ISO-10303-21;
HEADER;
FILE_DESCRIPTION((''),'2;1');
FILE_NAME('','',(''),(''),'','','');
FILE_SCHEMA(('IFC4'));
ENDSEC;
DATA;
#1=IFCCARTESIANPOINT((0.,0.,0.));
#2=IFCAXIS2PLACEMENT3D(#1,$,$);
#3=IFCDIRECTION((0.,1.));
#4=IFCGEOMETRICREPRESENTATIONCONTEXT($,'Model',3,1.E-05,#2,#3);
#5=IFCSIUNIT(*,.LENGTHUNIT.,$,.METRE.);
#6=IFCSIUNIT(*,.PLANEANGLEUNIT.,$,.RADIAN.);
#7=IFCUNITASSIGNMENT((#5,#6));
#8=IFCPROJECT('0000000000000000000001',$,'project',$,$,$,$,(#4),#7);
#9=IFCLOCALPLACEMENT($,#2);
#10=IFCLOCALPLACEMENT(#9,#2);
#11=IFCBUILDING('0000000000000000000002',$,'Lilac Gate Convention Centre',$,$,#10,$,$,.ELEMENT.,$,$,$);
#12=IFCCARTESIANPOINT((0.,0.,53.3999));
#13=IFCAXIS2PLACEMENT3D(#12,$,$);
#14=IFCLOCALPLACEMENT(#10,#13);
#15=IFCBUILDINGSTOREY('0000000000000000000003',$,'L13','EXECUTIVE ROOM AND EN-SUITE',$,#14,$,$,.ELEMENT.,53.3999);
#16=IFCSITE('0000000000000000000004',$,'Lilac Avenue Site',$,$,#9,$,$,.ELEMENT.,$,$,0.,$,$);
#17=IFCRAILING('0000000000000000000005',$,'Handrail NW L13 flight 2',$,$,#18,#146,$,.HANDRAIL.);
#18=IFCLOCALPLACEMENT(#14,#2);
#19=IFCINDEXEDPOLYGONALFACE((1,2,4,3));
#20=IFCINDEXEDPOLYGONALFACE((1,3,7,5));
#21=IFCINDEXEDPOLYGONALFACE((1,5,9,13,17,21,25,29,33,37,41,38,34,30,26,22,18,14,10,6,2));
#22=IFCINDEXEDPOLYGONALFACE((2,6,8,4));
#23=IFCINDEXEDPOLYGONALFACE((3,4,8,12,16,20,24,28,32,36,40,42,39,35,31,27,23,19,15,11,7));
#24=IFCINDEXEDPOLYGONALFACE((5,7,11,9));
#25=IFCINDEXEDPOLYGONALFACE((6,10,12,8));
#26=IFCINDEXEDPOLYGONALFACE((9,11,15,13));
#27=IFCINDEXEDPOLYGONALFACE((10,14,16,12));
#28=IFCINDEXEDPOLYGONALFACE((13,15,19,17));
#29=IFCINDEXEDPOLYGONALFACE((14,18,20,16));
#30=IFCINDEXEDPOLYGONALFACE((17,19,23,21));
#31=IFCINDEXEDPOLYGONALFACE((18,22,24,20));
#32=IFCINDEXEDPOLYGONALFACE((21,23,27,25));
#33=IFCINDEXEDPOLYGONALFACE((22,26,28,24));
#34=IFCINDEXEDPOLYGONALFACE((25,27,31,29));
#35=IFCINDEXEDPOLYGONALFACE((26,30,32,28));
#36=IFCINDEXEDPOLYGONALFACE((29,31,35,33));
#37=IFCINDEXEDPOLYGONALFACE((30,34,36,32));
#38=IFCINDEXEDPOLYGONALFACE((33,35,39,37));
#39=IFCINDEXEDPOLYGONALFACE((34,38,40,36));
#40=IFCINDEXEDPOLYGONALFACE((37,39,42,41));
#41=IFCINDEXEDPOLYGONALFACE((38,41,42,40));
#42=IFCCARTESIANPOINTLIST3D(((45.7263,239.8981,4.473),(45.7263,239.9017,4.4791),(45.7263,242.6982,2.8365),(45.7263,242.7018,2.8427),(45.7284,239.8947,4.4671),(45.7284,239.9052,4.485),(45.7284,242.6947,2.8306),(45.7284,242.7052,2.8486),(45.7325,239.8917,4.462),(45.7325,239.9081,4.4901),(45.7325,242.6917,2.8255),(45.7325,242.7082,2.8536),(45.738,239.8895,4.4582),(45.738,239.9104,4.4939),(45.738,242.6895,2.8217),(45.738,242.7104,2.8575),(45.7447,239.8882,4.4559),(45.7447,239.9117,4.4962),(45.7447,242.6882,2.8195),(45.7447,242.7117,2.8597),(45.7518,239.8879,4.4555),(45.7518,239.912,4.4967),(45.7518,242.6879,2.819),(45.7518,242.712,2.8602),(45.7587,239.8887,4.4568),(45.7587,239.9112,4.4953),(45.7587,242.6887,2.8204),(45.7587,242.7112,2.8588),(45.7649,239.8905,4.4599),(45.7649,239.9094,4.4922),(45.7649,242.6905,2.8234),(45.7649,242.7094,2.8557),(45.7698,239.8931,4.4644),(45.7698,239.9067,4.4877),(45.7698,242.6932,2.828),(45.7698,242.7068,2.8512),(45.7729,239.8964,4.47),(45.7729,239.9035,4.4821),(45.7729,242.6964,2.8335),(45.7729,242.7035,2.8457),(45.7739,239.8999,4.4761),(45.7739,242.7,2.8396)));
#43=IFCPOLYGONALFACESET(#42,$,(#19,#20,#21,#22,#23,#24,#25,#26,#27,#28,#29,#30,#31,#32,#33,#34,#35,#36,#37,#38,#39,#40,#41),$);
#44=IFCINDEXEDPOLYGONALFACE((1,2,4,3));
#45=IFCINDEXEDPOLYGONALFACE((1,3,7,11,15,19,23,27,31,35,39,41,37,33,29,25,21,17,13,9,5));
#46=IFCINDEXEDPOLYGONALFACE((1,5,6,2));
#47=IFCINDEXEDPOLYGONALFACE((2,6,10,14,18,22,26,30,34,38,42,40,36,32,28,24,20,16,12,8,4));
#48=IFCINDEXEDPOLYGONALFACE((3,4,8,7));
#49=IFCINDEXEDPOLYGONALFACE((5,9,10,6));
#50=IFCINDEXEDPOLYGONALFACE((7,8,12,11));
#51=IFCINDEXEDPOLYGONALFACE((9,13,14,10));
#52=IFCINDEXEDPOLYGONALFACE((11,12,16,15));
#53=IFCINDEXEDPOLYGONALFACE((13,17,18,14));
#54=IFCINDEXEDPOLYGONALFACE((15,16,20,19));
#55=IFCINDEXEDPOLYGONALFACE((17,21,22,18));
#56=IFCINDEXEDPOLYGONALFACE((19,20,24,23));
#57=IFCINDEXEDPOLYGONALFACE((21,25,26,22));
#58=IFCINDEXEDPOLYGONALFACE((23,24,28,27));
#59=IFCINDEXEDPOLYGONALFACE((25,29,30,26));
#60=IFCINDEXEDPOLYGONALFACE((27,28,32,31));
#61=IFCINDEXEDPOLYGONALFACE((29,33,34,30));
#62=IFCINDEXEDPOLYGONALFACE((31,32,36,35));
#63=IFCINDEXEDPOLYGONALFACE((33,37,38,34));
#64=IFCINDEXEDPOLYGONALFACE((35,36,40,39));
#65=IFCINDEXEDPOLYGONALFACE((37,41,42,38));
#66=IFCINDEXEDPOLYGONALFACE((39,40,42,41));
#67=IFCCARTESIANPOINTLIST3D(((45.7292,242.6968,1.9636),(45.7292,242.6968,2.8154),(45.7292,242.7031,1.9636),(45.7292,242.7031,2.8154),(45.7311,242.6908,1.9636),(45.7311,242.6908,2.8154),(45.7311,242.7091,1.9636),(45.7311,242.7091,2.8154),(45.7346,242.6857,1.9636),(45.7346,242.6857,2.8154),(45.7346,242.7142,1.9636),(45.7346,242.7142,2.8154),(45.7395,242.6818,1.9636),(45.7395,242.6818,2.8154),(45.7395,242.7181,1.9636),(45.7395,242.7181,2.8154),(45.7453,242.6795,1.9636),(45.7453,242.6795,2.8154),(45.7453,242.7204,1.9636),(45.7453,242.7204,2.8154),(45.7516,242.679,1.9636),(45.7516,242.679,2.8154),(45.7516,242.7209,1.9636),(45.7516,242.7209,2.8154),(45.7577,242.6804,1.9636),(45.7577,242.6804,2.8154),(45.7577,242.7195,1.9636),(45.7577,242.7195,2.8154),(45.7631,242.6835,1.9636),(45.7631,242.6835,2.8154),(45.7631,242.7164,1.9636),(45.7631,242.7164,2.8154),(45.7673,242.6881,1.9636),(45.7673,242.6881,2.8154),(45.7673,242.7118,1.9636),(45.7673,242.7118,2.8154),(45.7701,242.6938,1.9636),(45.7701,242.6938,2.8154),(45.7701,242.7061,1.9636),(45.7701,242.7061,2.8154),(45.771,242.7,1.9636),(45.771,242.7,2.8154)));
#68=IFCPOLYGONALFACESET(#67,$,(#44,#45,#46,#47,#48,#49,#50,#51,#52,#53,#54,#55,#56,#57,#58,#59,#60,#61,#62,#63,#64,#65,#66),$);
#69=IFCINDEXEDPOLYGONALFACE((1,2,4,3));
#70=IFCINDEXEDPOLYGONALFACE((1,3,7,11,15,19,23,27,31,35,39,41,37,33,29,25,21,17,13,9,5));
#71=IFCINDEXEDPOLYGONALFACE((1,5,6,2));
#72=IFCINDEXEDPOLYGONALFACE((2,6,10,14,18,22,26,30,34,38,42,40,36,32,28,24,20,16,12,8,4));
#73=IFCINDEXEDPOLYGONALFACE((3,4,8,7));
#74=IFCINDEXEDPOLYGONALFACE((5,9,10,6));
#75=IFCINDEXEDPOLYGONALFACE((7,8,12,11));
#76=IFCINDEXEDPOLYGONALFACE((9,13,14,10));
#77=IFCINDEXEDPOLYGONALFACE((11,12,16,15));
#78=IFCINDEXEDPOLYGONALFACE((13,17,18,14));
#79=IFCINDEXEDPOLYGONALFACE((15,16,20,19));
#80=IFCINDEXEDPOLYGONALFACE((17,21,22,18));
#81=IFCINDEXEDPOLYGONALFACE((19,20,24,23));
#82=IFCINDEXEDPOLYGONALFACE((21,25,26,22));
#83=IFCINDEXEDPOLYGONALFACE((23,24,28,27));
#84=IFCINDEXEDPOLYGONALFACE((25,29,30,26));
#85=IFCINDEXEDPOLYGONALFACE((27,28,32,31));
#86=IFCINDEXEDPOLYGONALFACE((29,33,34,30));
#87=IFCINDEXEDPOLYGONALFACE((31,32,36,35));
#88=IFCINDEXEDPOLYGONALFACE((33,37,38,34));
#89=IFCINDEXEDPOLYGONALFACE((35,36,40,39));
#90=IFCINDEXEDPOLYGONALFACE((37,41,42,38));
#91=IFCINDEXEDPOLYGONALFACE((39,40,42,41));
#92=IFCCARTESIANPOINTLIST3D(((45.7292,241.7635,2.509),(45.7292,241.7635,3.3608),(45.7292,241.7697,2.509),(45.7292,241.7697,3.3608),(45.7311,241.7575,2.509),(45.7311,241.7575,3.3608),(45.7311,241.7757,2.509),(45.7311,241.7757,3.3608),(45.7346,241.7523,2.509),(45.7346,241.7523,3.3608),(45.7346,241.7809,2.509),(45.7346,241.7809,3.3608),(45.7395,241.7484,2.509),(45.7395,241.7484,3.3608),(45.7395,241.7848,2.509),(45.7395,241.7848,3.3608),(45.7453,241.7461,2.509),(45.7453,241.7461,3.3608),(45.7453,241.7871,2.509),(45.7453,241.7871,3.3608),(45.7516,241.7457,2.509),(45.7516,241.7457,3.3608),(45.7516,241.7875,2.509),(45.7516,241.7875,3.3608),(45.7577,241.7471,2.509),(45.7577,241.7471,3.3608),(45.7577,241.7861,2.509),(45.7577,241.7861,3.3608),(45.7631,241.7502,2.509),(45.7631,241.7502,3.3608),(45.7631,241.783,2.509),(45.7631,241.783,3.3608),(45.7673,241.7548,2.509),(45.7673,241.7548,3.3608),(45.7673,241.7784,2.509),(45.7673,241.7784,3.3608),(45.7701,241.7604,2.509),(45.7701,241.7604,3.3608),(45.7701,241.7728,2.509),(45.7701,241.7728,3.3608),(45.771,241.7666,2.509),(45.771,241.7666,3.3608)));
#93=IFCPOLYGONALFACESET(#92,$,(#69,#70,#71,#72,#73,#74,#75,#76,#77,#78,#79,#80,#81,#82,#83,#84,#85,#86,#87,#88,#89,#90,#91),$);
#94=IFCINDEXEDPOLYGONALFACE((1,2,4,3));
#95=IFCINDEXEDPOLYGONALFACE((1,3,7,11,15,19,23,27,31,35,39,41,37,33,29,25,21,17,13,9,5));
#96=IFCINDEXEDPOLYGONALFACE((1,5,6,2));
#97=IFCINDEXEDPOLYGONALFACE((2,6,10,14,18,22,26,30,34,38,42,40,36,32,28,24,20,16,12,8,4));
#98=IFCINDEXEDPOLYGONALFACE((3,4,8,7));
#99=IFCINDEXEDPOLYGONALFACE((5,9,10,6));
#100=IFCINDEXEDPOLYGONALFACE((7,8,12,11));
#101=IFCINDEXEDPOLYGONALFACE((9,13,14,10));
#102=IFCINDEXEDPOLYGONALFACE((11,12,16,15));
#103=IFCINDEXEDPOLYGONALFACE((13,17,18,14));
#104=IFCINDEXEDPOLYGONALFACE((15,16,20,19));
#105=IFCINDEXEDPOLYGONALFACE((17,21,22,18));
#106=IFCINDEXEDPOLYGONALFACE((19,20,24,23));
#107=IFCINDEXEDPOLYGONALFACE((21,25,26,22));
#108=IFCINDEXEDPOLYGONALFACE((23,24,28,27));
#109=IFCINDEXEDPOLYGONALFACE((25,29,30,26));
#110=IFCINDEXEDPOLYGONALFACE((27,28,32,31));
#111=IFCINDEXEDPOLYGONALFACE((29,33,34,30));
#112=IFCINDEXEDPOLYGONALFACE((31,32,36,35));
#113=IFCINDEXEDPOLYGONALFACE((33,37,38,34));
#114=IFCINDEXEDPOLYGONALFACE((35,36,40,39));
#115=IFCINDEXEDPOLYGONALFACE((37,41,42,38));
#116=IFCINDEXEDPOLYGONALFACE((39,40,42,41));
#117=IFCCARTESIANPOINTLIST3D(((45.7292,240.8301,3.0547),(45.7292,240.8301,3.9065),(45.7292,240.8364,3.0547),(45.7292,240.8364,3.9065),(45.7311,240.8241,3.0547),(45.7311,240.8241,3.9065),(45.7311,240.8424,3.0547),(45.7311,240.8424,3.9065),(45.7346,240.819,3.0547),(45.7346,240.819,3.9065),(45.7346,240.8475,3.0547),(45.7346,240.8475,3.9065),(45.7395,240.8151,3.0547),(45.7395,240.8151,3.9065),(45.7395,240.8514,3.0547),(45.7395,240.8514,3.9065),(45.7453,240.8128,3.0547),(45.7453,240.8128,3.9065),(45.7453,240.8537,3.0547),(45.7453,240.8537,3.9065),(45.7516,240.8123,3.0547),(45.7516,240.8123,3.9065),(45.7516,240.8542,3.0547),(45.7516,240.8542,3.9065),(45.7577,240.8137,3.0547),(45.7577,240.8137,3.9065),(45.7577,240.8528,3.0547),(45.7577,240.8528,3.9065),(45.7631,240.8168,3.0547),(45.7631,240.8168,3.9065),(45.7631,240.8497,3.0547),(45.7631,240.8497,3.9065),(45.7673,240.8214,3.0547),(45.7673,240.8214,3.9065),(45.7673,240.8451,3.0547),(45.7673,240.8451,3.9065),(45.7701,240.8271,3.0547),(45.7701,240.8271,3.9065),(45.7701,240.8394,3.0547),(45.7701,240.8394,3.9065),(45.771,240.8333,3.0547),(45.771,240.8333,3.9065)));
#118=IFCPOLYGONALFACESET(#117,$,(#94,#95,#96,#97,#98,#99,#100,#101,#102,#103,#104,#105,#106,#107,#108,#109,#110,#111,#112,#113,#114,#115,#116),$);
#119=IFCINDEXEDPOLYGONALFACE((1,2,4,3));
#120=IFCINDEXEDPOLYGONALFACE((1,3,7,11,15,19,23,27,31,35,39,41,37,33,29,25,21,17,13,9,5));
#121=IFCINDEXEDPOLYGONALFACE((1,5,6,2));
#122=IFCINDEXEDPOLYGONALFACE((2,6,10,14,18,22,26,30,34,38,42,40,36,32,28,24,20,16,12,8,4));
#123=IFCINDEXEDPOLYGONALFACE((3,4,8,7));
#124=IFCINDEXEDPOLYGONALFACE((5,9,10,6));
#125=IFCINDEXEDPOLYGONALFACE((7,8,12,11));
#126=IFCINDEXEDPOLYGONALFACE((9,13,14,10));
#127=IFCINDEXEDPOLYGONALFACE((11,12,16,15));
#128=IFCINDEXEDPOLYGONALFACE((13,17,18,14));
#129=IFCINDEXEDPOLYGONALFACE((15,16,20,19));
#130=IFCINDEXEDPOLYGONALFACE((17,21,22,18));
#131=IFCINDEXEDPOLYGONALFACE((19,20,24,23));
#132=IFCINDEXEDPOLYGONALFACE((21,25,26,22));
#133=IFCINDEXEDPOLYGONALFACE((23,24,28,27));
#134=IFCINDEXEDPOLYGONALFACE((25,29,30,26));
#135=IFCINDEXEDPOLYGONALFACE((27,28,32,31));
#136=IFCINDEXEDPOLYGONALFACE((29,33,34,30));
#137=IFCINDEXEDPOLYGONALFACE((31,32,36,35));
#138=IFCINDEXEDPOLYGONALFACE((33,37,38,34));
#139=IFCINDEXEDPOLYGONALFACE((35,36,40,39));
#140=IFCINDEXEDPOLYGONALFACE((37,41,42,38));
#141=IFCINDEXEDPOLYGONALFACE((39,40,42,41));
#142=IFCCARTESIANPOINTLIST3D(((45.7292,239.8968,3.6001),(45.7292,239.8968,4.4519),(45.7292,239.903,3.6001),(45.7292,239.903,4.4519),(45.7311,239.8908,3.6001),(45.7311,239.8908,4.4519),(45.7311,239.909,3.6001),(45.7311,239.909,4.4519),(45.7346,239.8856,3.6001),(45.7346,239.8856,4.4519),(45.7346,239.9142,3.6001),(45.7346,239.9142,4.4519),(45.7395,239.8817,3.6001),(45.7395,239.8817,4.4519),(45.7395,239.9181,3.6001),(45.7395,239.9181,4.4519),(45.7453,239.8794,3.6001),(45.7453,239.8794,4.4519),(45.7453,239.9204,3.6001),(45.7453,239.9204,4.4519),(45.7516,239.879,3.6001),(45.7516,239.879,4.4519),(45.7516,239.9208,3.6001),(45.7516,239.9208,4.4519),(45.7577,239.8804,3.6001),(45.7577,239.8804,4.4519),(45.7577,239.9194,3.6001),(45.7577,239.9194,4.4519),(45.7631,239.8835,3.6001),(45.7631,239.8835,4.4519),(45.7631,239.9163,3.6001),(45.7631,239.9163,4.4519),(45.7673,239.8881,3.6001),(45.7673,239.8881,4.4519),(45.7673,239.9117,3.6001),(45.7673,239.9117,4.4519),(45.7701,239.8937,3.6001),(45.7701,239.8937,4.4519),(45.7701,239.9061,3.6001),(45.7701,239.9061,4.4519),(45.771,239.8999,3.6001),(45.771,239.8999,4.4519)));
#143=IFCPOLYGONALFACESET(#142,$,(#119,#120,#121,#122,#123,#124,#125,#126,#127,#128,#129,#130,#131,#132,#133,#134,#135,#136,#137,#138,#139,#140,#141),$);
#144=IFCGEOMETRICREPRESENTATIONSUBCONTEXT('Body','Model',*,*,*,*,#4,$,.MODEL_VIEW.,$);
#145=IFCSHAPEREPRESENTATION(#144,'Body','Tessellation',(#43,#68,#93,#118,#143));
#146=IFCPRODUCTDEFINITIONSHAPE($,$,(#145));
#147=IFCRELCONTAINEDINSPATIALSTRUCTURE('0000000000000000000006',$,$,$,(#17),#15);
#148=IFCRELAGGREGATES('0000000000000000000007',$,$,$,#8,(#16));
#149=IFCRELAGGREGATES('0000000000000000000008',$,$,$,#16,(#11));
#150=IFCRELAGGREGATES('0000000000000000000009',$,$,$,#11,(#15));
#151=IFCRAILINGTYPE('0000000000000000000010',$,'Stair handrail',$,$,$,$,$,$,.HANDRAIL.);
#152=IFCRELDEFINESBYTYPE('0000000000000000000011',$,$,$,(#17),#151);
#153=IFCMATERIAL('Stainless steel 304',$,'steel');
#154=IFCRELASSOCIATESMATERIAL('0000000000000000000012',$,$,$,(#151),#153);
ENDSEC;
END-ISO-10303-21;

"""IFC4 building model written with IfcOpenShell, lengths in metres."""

from ifc_helpers import new_model, si_unit, direction, frame, origin, origin_2d, place, context, subcontext, project, spatial, circle, extrude, material, type_object, element, save


model = new_model("IFC4")

# Units and contexts
model_context = context("Model", 3, precision=1e-05, world=origin(), true_north=direction((0.0, 1.0)))
body_context = subcontext(model_context, "Body", "Model", "MODEL_VIEW")
ifc_project = project(units=[si_unit("LENGTHUNIT", "METRE"), si_unit("PLANEANGLEUNIT", "RADIAN")], contexts=[model_context])

# Site, building, storey
site_placement = place(None, origin())
site = spatial("IfcSite", under=ifc_project, at=site_placement, Name="Lilac Avenue Site", CompositionType="ELEMENT", RefElevation=0.0)
building_placement = place(site_placement, origin())
building = spatial("IfcBuilding", under=site, at=building_placement, Name="Lilac Gate Convention Centre", CompositionType="ELEMENT")
storey_placement = place(building_placement, frame((0.0, 0.0, 53.3999)))
storey = spatial("IfcBuildingStorey", under=building, at=storey_placement, Name="L13", Description="EXECUTIVE ROOM AND EN-SUITE", CompositionType="ELEMENT", Elevation=53.3999)

# Railing
ifc_material_1 = material(Name="Stainless steel 304", Category="steel")
railing_type = type_object("IfcRailingType", Name="Stair handrail", PredefinedType="HANDRAIL", material=ifc_material_1)
for number, where, name in (
    (1, (45.75, 242.7, 1.9636), "Handrail NW L13 flight 2"),
):
    element("IfcRailing", number, at=place(storey_placement, frame(where)), inside=storey, type_object=railing_type, Name=name, PredefinedType="HANDRAIL", context=body_context, shape_type="SweptSolid", body=[
        extrude(circle(Radius=0.0239, at=origin_2d()), frame((0.0, 0.0, 0.876), z_axis=(0.0, -0.863361, 0.504587), x_axis=(1.0, 0.0, 0.0)), (0.0, 0.0, 1.0), 3.2432),
        extrude(circle(Radius=0.021, at=origin_2d()), origin(), (0.0, 0.0, 1.0), 0.8518),
        extrude(circle(Radius=0.021, at=origin_2d()), frame((0.0, -0.9333, 0.5454)), (0.0, 0.0, 1.0), 0.8518),
        extrude(circle(Radius=0.021, at=origin_2d()), frame((0.0, -1.8667, 1.0911)), (0.0, 0.0, 1.0), 0.8518),
        extrude(circle(Radius=0.021, at=origin_2d()), frame((0.0, -2.8, 1.6365)), (0.0, 0.0, 1.0), 0.8518),
    ])

save(model, "model.ifc")
